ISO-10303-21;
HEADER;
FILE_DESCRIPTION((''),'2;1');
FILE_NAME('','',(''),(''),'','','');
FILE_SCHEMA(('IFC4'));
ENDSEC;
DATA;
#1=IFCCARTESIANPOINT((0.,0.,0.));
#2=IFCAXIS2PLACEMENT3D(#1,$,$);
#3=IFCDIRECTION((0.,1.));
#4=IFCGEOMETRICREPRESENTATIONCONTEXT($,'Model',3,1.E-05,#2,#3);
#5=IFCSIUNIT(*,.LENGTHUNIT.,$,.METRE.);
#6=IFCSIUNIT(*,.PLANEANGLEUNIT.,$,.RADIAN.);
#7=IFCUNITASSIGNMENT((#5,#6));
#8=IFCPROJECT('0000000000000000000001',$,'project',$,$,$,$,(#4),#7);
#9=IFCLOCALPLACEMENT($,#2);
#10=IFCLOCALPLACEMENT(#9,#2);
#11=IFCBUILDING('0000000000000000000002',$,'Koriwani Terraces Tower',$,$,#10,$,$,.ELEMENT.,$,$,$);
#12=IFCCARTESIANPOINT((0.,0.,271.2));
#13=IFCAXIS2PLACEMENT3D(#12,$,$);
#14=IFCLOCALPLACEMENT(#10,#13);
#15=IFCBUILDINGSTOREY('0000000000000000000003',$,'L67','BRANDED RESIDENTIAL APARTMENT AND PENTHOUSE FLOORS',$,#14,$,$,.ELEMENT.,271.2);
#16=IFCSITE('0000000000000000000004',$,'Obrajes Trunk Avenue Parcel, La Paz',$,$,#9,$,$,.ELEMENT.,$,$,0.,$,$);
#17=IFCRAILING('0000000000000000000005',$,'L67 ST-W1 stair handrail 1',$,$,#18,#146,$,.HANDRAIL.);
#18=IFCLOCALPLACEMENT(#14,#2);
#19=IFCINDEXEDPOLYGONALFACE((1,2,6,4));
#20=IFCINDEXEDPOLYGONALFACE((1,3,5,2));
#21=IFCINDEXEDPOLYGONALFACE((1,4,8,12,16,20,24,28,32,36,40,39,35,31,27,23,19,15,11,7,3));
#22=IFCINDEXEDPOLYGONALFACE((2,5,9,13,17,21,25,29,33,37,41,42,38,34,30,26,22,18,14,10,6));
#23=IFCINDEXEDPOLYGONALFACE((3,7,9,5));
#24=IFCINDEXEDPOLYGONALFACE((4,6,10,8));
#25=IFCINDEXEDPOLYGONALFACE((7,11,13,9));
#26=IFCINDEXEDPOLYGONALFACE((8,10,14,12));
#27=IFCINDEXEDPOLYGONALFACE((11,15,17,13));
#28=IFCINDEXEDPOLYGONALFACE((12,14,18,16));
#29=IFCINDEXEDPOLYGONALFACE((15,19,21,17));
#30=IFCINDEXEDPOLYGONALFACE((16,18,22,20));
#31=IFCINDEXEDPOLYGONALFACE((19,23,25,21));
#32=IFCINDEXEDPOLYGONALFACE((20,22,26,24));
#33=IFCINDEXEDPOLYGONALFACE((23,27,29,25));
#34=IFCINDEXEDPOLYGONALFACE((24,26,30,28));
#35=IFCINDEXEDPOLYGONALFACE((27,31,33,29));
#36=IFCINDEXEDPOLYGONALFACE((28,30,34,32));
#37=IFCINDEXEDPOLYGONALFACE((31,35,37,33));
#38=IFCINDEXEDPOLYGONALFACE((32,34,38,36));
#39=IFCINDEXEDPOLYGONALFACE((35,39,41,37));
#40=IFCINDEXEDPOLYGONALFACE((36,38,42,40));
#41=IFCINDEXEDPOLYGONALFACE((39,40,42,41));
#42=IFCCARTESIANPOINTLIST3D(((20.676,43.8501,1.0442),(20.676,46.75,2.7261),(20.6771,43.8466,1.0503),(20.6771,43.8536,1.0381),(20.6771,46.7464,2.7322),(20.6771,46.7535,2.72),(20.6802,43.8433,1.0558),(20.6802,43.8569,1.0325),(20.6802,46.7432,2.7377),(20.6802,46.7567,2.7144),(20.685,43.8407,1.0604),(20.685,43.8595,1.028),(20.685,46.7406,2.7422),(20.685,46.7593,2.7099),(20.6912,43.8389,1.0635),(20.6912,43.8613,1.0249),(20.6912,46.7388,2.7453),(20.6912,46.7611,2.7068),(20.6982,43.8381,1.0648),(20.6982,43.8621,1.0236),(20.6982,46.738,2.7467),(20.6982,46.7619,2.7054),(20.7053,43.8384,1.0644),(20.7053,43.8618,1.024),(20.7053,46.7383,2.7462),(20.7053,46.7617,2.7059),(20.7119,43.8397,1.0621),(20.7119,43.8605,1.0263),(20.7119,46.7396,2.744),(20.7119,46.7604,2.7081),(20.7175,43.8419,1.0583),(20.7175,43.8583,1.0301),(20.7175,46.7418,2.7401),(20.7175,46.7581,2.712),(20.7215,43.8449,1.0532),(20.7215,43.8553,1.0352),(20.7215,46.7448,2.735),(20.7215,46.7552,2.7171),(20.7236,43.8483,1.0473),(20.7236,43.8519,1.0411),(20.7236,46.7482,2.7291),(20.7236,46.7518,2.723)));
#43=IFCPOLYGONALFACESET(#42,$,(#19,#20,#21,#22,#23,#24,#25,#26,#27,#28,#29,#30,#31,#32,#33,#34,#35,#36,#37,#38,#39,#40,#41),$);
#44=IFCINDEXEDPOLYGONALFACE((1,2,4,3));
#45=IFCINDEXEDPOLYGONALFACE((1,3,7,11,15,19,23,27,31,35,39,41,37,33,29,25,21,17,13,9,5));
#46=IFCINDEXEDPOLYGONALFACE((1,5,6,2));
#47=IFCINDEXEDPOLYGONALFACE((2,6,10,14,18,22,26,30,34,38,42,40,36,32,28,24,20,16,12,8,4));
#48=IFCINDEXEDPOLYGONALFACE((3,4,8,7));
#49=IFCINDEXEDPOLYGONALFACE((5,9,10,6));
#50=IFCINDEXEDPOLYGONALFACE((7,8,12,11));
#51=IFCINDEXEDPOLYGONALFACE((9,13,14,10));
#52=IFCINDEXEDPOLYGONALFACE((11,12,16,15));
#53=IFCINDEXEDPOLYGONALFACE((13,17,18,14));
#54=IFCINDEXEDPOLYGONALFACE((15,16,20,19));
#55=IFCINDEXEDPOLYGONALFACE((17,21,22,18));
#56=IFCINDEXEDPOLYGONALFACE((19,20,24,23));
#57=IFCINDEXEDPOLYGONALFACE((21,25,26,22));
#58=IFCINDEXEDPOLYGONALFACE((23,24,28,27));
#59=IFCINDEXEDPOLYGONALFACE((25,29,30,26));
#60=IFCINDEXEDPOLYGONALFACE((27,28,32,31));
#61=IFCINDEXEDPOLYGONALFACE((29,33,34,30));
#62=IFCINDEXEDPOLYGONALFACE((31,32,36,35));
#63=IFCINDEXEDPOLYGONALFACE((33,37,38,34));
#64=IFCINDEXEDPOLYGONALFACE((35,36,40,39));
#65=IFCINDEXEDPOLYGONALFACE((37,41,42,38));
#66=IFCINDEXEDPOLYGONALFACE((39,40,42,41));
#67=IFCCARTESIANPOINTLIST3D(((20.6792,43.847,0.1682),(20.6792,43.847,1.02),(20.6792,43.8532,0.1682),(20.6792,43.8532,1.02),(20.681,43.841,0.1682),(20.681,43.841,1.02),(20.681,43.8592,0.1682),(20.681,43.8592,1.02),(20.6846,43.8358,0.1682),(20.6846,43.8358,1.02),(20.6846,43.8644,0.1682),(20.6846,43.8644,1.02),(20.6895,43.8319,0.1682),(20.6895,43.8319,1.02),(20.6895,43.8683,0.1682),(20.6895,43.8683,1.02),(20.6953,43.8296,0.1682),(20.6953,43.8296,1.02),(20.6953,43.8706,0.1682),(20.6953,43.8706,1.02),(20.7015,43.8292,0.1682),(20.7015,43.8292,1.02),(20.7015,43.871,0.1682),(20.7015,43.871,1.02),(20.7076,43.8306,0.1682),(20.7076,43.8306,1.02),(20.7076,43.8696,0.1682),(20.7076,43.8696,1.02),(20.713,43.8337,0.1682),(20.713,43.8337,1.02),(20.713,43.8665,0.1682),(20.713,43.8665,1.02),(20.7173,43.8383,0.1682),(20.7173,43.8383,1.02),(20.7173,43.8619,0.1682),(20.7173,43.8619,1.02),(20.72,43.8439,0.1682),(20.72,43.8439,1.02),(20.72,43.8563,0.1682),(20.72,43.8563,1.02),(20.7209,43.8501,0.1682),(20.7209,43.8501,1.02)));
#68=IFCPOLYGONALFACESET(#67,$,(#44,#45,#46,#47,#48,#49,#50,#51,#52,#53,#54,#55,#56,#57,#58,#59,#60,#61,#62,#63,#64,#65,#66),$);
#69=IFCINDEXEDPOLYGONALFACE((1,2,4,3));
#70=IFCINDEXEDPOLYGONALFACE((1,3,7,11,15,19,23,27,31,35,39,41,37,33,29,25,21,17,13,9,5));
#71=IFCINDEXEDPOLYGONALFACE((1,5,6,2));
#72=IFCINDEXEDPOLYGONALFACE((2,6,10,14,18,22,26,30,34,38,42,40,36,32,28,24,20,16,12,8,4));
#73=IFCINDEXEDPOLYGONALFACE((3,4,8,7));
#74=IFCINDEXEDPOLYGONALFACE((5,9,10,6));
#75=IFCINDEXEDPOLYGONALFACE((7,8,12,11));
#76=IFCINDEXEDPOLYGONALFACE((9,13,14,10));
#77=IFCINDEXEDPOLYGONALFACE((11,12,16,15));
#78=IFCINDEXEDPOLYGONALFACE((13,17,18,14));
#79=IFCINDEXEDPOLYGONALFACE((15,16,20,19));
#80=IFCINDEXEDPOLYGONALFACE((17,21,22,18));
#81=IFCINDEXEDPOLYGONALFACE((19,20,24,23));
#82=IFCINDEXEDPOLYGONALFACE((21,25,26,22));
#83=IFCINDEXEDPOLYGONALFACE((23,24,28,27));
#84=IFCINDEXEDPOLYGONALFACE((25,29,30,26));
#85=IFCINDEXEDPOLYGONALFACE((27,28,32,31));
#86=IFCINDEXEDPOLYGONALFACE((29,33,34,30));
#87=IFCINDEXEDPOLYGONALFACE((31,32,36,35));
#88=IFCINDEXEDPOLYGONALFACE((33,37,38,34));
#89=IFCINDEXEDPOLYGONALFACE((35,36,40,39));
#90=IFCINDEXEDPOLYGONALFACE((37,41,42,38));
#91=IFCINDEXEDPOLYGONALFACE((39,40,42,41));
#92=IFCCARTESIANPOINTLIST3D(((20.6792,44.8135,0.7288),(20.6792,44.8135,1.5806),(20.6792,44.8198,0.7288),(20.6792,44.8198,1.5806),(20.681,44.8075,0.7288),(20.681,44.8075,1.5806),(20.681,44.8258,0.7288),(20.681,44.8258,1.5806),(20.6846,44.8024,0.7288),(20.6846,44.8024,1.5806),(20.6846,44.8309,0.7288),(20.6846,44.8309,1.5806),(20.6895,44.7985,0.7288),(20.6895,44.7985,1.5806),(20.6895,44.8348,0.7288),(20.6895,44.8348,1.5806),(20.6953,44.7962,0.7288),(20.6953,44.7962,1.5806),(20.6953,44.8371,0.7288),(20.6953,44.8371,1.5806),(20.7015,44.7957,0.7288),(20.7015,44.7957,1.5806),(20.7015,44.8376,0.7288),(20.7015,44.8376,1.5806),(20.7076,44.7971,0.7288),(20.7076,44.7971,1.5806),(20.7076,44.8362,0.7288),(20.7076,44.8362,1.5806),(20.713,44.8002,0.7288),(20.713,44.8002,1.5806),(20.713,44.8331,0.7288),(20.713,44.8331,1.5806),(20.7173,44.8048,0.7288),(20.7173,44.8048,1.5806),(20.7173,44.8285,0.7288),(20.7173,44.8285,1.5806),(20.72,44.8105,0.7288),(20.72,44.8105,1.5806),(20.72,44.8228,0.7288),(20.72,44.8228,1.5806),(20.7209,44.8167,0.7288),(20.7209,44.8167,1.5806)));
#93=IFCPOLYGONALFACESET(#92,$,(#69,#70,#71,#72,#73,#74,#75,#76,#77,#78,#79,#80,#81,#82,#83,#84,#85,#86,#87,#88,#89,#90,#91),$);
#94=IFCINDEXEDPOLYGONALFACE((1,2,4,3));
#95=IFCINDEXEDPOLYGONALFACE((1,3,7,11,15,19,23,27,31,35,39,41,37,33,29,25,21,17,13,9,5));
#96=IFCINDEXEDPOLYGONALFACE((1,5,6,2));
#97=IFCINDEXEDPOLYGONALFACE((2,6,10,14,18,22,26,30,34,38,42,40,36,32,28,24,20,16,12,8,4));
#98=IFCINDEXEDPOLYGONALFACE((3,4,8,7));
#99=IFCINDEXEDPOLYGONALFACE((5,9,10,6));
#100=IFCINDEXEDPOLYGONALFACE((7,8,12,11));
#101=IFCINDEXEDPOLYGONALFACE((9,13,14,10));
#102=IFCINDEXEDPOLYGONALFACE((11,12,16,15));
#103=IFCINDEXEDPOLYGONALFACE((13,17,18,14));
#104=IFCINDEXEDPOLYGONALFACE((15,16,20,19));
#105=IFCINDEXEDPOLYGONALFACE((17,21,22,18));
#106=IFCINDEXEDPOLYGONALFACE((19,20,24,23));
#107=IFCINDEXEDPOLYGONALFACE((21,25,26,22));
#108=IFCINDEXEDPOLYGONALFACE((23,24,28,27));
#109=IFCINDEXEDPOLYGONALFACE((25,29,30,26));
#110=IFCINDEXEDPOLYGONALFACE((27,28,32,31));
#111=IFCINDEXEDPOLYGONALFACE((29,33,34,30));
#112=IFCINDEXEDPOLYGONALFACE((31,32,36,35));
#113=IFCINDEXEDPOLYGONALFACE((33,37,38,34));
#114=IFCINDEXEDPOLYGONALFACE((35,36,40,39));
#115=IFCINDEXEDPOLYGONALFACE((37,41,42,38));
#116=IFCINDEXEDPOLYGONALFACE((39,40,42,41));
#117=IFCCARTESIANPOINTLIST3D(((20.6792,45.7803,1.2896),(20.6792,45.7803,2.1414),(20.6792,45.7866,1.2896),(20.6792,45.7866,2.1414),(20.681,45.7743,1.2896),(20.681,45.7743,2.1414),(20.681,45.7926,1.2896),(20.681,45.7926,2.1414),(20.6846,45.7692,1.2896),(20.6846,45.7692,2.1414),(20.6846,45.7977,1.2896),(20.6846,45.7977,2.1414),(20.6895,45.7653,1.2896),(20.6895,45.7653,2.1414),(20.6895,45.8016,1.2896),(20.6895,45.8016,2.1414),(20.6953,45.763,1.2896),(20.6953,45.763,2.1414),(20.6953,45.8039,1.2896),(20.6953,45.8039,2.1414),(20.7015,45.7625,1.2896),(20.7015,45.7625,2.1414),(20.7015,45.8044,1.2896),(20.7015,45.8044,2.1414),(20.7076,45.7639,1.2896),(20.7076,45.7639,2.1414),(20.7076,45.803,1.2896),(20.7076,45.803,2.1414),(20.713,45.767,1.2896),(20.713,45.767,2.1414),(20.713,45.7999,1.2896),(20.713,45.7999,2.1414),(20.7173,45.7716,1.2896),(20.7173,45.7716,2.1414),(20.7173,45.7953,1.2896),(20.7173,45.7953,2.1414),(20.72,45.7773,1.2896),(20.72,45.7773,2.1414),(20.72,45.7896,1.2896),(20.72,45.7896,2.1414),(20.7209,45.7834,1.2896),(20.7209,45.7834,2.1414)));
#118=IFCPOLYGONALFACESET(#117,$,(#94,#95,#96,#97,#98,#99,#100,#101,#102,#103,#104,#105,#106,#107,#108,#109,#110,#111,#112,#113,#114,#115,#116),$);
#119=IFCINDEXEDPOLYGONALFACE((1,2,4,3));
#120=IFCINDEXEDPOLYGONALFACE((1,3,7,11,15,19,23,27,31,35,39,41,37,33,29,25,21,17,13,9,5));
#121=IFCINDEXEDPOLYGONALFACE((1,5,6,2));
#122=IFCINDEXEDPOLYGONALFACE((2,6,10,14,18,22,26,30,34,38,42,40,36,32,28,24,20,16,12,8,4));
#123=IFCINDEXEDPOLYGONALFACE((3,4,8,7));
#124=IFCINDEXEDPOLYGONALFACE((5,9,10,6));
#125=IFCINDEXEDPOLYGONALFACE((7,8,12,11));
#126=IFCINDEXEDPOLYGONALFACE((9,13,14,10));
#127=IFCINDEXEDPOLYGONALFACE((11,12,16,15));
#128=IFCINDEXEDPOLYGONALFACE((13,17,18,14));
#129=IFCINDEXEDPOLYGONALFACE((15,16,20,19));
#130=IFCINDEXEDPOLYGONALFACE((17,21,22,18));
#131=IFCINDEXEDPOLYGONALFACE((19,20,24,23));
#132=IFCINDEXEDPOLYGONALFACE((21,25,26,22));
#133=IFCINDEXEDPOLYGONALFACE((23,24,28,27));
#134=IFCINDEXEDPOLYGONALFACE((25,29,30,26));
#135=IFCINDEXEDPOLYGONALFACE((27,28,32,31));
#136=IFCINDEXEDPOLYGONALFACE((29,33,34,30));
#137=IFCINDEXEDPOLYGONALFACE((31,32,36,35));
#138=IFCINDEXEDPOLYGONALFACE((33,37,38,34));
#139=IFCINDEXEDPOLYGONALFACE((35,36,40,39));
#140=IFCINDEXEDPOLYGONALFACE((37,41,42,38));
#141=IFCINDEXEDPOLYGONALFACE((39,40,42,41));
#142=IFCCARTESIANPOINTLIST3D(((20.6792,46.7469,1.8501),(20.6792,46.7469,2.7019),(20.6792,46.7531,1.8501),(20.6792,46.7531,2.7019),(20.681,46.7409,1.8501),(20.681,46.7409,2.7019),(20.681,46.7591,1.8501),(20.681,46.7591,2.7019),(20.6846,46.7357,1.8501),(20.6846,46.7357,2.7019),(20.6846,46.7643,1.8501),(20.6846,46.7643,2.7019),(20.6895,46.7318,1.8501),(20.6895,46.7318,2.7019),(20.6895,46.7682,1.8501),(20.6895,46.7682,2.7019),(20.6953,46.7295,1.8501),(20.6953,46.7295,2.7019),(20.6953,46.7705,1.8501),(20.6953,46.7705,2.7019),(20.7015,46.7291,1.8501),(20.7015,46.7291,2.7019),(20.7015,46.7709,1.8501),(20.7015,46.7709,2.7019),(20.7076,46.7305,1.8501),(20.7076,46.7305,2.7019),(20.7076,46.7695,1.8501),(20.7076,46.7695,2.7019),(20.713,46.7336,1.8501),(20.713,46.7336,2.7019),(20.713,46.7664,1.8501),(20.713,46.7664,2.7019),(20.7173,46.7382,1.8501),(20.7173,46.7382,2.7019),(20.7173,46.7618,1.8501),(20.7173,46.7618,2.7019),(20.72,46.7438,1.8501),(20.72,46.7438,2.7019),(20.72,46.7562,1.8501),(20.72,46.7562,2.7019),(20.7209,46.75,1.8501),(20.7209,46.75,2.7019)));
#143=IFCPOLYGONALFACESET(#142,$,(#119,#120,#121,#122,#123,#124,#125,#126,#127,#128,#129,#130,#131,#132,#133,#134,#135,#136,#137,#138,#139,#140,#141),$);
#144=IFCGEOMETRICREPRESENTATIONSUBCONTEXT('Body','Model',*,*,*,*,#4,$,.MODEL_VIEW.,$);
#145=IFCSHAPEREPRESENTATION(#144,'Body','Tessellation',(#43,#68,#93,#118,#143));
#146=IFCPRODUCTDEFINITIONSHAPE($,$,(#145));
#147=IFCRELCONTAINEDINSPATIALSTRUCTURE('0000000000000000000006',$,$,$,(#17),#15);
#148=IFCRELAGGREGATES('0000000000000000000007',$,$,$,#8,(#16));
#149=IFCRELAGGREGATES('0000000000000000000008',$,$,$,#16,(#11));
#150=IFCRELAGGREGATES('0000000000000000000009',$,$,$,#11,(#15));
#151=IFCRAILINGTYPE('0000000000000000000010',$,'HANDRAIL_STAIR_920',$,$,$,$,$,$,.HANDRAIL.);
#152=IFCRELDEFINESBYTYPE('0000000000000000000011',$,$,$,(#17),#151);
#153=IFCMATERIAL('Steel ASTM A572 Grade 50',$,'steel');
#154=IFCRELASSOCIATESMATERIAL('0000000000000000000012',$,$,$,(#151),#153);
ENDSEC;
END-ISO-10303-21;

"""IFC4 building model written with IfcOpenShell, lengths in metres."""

from ifc_helpers import new_model, si_unit, direction, frame, origin, origin_2d, place, context, subcontext, project, spatial, circle, extrude, material, type_object, element, save


model = new_model("IFC4")

# Units and contexts
model_context = context("Model", 3, precision=1e-05, world=origin(), true_north=direction((0.0, 1.0)))
body_context = subcontext(model_context, "Body", "Model", "MODEL_VIEW")
ifc_project = project(units=[si_unit("LENGTHUNIT", "METRE"), si_unit("PLANEANGLEUNIT", "RADIAN")], contexts=[model_context])

# Site, building, storey
site_placement = place(None, origin())
site = spatial("IfcSite", under=ifc_project, at=site_placement, Name="Obrajes Trunk Avenue Parcel, La Paz", CompositionType="ELEMENT", RefElevation=0.0)
building_placement = place(site_placement, origin())
building = spatial("IfcBuilding", under=site, at=building_placement, Name="Koriwani Terraces Tower", CompositionType="ELEMENT")
storey_placement = place(building_placement, frame((0.0, 0.0, 271.2)))
storey = spatial("IfcBuildingStorey", under=building, at=storey_placement, Name="L67", Description="BRANDED RESIDENTIAL APARTMENT AND PENTHOUSE FLOORS", CompositionType="ELEMENT", Elevation=271.2)

# Shared definitions
ifc_material_1 = material(Name="Steel ASTM A572 Grade 50", Category="steel")

# Railing
railing_type = type_object("IfcRailingType", Name="HANDRAIL_STAIR_920", PredefinedType="HANDRAIL", material=ifc_material_1)
railing_placement = place(storey_placement, frame((20.7, 43.8501, 0.1682)))
element("IfcRailing", 1, at=railing_placement, inside=storey, type_object=railing_type, Name="L67 ST-W1 stair handrail 1", PredefinedType="HANDRAIL", context=body_context, shape_type="SweptSolid", body=[
    extrude(circle(Radius=0.0239, at=origin_2d()), frame((0.0, 0.0, 0.876), z_axis=(0.0, 0.865039, 0.501705), x_axis=(-1.0, 0.0, 0.0)), (0.0, 0.0, 1.0), 3.3523),
    extrude(circle(Radius=0.021, at=origin_2d()), origin(), (0.0, 0.0, 1.0), 0.8518),
    extrude(circle(Radius=0.021, at=origin_2d()), frame((0.0, 0.9666, 0.5605)), (0.0, 0.0, 1.0), 0.8518),
    extrude(circle(Radius=0.021, at=origin_2d()), frame((0.0, 1.9333, 1.1213)), (0.0, 0.0, 1.0), 0.8518),
    extrude(circle(Radius=0.021, at=origin_2d()), frame((0.0, 2.8999, 1.6819)), (0.0, 0.0, 1.0), 0.8518),
])

save(model, "model.ifc")
